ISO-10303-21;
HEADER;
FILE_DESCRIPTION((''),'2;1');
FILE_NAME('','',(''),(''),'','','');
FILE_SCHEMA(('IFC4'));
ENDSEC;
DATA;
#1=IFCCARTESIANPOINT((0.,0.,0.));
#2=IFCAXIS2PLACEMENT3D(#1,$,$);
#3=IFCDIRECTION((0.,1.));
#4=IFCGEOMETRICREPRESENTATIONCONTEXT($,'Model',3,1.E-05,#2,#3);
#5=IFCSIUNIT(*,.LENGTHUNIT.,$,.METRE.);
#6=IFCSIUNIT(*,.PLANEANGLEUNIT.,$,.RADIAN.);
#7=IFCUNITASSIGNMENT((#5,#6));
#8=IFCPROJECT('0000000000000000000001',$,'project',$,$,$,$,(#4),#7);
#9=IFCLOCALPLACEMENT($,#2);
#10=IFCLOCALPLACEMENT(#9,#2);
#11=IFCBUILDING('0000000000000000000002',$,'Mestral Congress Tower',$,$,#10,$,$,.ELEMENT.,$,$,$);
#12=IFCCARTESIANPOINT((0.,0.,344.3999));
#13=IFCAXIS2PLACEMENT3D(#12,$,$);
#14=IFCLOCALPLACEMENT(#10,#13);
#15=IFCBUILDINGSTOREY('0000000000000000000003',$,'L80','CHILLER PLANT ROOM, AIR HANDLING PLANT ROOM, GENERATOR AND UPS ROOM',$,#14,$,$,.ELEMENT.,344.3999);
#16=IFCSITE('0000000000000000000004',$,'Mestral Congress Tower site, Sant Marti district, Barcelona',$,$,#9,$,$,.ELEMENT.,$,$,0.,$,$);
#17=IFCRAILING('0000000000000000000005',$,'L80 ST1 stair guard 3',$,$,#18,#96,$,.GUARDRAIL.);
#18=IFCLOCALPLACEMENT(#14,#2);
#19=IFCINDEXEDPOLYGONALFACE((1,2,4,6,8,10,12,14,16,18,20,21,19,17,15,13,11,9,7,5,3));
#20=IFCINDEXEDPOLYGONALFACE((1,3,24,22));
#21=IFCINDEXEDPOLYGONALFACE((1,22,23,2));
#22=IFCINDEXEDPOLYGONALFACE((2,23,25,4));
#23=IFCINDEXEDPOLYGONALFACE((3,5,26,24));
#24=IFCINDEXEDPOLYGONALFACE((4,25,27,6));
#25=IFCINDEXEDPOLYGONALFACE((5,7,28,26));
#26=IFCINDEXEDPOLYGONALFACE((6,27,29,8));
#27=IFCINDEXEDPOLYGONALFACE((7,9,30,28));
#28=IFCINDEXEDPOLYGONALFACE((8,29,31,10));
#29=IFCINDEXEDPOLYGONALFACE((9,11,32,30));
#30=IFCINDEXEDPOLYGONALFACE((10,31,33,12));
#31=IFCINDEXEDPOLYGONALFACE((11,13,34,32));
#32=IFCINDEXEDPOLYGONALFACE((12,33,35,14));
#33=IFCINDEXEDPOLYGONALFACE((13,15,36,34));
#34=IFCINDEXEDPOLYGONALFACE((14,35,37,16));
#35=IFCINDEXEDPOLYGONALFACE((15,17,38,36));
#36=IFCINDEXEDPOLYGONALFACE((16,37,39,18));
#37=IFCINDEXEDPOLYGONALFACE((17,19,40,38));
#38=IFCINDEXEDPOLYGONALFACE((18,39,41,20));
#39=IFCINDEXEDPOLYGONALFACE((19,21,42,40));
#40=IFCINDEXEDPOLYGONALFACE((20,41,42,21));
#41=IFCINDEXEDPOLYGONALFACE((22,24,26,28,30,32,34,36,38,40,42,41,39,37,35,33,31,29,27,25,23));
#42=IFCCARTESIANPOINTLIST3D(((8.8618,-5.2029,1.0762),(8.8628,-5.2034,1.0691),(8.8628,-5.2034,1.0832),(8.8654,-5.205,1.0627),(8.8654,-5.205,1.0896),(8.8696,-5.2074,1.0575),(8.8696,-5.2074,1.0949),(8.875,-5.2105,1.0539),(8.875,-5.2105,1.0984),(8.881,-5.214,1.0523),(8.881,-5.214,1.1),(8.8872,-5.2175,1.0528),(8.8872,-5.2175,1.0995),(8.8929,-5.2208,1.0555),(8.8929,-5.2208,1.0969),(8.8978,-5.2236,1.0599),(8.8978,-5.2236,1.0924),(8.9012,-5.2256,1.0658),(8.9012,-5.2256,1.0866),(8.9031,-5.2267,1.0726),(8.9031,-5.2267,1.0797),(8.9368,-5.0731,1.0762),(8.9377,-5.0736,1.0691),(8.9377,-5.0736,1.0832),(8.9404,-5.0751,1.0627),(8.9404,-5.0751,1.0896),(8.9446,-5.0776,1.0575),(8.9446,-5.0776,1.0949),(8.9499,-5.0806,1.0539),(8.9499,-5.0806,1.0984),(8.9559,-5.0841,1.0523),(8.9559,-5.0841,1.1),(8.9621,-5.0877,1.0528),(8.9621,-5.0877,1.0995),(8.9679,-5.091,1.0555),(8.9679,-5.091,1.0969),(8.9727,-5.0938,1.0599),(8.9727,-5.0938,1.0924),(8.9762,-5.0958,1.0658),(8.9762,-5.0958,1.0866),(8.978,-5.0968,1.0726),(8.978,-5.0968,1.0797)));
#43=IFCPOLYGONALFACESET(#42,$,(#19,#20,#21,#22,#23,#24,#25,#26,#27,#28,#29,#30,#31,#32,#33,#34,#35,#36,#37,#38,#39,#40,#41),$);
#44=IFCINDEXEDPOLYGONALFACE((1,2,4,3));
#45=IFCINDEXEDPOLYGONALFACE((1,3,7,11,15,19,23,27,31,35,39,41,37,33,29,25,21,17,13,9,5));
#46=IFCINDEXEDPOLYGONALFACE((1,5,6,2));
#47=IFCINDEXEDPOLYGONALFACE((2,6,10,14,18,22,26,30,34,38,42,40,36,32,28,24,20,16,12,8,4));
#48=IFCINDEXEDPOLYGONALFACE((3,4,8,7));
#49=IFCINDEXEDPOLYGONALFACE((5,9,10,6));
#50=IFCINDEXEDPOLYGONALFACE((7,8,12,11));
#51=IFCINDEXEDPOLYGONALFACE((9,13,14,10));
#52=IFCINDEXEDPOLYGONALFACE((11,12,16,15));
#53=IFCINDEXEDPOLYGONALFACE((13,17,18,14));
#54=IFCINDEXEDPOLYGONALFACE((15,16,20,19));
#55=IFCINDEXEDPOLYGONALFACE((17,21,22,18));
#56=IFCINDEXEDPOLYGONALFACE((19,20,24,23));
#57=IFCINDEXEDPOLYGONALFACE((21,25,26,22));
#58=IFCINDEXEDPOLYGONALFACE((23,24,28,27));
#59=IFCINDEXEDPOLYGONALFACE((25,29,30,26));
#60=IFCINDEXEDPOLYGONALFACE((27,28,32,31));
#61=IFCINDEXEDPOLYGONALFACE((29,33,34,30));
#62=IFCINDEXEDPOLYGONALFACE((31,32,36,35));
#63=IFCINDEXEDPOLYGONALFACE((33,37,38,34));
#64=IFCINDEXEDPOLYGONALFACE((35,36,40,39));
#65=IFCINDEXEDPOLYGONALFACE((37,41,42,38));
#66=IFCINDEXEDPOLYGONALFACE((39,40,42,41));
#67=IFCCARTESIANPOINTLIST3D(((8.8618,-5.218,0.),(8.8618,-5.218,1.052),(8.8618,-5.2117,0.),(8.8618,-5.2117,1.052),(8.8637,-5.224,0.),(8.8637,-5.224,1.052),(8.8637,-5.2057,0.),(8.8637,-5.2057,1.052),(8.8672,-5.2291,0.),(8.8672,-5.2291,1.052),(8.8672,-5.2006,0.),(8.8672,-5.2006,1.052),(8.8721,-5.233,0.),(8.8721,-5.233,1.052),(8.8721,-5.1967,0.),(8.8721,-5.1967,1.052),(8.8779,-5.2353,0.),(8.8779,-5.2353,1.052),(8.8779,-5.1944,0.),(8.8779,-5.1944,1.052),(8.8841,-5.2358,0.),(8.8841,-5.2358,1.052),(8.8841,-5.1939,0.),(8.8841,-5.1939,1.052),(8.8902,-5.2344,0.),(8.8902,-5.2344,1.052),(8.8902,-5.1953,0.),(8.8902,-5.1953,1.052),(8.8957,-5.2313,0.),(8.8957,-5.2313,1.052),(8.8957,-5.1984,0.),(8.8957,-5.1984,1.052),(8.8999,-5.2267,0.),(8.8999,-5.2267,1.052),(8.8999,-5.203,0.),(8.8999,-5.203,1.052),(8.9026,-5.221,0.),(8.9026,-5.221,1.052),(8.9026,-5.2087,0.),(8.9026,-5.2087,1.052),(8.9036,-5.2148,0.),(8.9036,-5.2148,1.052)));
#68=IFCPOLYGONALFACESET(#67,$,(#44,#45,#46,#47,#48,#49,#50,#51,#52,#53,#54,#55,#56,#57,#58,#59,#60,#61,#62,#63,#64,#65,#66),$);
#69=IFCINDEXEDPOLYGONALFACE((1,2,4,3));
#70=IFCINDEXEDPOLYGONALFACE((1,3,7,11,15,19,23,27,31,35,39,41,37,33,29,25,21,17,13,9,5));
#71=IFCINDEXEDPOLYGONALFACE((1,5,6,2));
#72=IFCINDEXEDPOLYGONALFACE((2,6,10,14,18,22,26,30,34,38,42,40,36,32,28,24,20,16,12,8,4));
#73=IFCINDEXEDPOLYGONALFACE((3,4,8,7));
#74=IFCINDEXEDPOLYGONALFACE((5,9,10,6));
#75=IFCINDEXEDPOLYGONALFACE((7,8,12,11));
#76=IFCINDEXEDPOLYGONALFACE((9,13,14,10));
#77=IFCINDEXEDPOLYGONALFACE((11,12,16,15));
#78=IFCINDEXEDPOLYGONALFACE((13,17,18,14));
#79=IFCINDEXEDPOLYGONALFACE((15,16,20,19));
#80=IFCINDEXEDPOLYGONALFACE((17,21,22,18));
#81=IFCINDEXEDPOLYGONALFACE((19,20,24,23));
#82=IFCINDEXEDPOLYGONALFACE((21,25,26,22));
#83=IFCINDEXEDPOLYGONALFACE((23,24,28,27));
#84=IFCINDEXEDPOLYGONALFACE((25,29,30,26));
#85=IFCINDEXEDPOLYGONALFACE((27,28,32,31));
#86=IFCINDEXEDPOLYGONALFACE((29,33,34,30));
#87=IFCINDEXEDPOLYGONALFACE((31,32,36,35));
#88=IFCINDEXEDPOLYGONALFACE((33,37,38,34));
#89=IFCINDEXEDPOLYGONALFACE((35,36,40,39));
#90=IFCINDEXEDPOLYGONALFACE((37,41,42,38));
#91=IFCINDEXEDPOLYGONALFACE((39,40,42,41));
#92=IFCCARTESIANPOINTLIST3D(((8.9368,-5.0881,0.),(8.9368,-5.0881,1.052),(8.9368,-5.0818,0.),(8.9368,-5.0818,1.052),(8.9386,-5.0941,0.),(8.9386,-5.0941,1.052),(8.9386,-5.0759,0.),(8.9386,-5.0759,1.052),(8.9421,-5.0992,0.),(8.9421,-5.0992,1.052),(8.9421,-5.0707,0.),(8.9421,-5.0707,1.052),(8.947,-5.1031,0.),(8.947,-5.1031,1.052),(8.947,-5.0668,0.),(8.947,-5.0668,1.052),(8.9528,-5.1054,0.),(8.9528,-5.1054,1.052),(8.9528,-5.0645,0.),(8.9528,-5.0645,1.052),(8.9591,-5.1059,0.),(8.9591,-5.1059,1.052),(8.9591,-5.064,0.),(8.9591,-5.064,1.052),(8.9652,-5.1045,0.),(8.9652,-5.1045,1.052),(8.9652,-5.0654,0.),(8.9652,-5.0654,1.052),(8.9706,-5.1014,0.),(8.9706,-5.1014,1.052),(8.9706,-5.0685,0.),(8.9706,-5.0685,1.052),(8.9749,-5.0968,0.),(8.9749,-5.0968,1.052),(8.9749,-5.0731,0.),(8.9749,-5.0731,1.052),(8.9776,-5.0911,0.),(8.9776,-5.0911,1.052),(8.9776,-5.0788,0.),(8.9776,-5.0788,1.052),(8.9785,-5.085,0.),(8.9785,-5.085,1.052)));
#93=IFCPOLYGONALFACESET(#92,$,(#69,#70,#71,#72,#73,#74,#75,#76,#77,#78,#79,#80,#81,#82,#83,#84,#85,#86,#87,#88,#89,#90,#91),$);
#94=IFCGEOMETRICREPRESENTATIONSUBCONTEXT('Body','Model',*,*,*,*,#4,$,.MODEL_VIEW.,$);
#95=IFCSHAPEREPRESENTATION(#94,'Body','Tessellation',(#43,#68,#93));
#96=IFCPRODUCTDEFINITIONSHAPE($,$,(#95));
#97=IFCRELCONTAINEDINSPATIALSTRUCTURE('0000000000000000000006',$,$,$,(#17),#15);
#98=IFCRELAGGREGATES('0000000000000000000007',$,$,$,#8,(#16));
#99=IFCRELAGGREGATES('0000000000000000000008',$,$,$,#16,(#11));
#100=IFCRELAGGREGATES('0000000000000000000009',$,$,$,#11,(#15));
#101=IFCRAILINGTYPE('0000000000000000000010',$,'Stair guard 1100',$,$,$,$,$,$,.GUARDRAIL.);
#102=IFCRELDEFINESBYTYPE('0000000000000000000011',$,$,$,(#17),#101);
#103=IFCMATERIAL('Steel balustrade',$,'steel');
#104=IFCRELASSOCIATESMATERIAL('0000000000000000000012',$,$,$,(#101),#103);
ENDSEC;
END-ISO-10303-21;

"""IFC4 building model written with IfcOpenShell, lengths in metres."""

from ifc_helpers import new_model, si_unit, direction, frame, origin, origin_2d, place, context, subcontext, project, spatial, circle, extrude, material, type_object, element, save


model = new_model("IFC4")

# Units and contexts
model_context = context("Model", 3, precision=1e-05, world=origin(), true_north=direction((0.0, 1.0)))
body_context = subcontext(model_context, "Body", "Model", "MODEL_VIEW")
ifc_project = project(units=[si_unit("LENGTHUNIT", "METRE"), si_unit("PLANEANGLEUNIT", "RADIAN")], contexts=[model_context])

# Site, building, storey
site_placement = place(None, origin())
site = spatial("IfcSite", under=ifc_project, at=site_placement, Name="Mestral Congress Tower site, Sant Marti district, Barcelona", CompositionType="ELEMENT", RefElevation=0.0)
building_placement = place(site_placement, origin())
building = spatial("IfcBuilding", under=site, at=building_placement, Name="Mestral Congress Tower", CompositionType="ELEMENT")
storey_placement = place(building_placement, frame((0.0, 0.0, 344.3999)))
storey = spatial("IfcBuildingStorey", under=building, at=storey_placement, Name="L80", Description="CHILLER PLANT ROOM, AIR HANDLING PLANT ROOM, GENERATOR AND UPS ROOM", CompositionType="ELEMENT", Elevation=344.3999)

# Railing
ifc_material_1 = material(Name="Steel balustrade", Category="steel")
railing_type_1 = type_object("IfcRailingType", Name="Stair guard 1100", PredefinedType="GUARDRAIL", material=ifc_material_1)
railing_1_placement = place(storey_placement, frame((8.8826, -5.2148, 0.0)))
element("IfcRailing", 1, at=railing_1_placement, inside=storey, type_object=railing_type_1, Name="L80 ST1 stair guard 3", PredefinedType="GUARDRAIL", context=body_context, shape_type="SweptSolid", body=[
    extrude(circle(Radius=0.0239, at=origin_2d()), frame((0.0, 0.0, 1.0762), z_axis=(0.499816, 0.866131, 0.0), x_axis=(-0.866131, 0.499816, 0.0)), (0.0, 0.0, 1.0), 0.1499),
    extrude(circle(Radius=0.021, at=origin_2d()), origin(), (0.0, 0.0, 1.0), 1.052),
    extrude(circle(Radius=0.021, at=origin_2d()), frame((0.075, 0.1299, 0.0)), (0.0, 0.0, 1.0), 1.052),
])

save(model, "model.ifc")
